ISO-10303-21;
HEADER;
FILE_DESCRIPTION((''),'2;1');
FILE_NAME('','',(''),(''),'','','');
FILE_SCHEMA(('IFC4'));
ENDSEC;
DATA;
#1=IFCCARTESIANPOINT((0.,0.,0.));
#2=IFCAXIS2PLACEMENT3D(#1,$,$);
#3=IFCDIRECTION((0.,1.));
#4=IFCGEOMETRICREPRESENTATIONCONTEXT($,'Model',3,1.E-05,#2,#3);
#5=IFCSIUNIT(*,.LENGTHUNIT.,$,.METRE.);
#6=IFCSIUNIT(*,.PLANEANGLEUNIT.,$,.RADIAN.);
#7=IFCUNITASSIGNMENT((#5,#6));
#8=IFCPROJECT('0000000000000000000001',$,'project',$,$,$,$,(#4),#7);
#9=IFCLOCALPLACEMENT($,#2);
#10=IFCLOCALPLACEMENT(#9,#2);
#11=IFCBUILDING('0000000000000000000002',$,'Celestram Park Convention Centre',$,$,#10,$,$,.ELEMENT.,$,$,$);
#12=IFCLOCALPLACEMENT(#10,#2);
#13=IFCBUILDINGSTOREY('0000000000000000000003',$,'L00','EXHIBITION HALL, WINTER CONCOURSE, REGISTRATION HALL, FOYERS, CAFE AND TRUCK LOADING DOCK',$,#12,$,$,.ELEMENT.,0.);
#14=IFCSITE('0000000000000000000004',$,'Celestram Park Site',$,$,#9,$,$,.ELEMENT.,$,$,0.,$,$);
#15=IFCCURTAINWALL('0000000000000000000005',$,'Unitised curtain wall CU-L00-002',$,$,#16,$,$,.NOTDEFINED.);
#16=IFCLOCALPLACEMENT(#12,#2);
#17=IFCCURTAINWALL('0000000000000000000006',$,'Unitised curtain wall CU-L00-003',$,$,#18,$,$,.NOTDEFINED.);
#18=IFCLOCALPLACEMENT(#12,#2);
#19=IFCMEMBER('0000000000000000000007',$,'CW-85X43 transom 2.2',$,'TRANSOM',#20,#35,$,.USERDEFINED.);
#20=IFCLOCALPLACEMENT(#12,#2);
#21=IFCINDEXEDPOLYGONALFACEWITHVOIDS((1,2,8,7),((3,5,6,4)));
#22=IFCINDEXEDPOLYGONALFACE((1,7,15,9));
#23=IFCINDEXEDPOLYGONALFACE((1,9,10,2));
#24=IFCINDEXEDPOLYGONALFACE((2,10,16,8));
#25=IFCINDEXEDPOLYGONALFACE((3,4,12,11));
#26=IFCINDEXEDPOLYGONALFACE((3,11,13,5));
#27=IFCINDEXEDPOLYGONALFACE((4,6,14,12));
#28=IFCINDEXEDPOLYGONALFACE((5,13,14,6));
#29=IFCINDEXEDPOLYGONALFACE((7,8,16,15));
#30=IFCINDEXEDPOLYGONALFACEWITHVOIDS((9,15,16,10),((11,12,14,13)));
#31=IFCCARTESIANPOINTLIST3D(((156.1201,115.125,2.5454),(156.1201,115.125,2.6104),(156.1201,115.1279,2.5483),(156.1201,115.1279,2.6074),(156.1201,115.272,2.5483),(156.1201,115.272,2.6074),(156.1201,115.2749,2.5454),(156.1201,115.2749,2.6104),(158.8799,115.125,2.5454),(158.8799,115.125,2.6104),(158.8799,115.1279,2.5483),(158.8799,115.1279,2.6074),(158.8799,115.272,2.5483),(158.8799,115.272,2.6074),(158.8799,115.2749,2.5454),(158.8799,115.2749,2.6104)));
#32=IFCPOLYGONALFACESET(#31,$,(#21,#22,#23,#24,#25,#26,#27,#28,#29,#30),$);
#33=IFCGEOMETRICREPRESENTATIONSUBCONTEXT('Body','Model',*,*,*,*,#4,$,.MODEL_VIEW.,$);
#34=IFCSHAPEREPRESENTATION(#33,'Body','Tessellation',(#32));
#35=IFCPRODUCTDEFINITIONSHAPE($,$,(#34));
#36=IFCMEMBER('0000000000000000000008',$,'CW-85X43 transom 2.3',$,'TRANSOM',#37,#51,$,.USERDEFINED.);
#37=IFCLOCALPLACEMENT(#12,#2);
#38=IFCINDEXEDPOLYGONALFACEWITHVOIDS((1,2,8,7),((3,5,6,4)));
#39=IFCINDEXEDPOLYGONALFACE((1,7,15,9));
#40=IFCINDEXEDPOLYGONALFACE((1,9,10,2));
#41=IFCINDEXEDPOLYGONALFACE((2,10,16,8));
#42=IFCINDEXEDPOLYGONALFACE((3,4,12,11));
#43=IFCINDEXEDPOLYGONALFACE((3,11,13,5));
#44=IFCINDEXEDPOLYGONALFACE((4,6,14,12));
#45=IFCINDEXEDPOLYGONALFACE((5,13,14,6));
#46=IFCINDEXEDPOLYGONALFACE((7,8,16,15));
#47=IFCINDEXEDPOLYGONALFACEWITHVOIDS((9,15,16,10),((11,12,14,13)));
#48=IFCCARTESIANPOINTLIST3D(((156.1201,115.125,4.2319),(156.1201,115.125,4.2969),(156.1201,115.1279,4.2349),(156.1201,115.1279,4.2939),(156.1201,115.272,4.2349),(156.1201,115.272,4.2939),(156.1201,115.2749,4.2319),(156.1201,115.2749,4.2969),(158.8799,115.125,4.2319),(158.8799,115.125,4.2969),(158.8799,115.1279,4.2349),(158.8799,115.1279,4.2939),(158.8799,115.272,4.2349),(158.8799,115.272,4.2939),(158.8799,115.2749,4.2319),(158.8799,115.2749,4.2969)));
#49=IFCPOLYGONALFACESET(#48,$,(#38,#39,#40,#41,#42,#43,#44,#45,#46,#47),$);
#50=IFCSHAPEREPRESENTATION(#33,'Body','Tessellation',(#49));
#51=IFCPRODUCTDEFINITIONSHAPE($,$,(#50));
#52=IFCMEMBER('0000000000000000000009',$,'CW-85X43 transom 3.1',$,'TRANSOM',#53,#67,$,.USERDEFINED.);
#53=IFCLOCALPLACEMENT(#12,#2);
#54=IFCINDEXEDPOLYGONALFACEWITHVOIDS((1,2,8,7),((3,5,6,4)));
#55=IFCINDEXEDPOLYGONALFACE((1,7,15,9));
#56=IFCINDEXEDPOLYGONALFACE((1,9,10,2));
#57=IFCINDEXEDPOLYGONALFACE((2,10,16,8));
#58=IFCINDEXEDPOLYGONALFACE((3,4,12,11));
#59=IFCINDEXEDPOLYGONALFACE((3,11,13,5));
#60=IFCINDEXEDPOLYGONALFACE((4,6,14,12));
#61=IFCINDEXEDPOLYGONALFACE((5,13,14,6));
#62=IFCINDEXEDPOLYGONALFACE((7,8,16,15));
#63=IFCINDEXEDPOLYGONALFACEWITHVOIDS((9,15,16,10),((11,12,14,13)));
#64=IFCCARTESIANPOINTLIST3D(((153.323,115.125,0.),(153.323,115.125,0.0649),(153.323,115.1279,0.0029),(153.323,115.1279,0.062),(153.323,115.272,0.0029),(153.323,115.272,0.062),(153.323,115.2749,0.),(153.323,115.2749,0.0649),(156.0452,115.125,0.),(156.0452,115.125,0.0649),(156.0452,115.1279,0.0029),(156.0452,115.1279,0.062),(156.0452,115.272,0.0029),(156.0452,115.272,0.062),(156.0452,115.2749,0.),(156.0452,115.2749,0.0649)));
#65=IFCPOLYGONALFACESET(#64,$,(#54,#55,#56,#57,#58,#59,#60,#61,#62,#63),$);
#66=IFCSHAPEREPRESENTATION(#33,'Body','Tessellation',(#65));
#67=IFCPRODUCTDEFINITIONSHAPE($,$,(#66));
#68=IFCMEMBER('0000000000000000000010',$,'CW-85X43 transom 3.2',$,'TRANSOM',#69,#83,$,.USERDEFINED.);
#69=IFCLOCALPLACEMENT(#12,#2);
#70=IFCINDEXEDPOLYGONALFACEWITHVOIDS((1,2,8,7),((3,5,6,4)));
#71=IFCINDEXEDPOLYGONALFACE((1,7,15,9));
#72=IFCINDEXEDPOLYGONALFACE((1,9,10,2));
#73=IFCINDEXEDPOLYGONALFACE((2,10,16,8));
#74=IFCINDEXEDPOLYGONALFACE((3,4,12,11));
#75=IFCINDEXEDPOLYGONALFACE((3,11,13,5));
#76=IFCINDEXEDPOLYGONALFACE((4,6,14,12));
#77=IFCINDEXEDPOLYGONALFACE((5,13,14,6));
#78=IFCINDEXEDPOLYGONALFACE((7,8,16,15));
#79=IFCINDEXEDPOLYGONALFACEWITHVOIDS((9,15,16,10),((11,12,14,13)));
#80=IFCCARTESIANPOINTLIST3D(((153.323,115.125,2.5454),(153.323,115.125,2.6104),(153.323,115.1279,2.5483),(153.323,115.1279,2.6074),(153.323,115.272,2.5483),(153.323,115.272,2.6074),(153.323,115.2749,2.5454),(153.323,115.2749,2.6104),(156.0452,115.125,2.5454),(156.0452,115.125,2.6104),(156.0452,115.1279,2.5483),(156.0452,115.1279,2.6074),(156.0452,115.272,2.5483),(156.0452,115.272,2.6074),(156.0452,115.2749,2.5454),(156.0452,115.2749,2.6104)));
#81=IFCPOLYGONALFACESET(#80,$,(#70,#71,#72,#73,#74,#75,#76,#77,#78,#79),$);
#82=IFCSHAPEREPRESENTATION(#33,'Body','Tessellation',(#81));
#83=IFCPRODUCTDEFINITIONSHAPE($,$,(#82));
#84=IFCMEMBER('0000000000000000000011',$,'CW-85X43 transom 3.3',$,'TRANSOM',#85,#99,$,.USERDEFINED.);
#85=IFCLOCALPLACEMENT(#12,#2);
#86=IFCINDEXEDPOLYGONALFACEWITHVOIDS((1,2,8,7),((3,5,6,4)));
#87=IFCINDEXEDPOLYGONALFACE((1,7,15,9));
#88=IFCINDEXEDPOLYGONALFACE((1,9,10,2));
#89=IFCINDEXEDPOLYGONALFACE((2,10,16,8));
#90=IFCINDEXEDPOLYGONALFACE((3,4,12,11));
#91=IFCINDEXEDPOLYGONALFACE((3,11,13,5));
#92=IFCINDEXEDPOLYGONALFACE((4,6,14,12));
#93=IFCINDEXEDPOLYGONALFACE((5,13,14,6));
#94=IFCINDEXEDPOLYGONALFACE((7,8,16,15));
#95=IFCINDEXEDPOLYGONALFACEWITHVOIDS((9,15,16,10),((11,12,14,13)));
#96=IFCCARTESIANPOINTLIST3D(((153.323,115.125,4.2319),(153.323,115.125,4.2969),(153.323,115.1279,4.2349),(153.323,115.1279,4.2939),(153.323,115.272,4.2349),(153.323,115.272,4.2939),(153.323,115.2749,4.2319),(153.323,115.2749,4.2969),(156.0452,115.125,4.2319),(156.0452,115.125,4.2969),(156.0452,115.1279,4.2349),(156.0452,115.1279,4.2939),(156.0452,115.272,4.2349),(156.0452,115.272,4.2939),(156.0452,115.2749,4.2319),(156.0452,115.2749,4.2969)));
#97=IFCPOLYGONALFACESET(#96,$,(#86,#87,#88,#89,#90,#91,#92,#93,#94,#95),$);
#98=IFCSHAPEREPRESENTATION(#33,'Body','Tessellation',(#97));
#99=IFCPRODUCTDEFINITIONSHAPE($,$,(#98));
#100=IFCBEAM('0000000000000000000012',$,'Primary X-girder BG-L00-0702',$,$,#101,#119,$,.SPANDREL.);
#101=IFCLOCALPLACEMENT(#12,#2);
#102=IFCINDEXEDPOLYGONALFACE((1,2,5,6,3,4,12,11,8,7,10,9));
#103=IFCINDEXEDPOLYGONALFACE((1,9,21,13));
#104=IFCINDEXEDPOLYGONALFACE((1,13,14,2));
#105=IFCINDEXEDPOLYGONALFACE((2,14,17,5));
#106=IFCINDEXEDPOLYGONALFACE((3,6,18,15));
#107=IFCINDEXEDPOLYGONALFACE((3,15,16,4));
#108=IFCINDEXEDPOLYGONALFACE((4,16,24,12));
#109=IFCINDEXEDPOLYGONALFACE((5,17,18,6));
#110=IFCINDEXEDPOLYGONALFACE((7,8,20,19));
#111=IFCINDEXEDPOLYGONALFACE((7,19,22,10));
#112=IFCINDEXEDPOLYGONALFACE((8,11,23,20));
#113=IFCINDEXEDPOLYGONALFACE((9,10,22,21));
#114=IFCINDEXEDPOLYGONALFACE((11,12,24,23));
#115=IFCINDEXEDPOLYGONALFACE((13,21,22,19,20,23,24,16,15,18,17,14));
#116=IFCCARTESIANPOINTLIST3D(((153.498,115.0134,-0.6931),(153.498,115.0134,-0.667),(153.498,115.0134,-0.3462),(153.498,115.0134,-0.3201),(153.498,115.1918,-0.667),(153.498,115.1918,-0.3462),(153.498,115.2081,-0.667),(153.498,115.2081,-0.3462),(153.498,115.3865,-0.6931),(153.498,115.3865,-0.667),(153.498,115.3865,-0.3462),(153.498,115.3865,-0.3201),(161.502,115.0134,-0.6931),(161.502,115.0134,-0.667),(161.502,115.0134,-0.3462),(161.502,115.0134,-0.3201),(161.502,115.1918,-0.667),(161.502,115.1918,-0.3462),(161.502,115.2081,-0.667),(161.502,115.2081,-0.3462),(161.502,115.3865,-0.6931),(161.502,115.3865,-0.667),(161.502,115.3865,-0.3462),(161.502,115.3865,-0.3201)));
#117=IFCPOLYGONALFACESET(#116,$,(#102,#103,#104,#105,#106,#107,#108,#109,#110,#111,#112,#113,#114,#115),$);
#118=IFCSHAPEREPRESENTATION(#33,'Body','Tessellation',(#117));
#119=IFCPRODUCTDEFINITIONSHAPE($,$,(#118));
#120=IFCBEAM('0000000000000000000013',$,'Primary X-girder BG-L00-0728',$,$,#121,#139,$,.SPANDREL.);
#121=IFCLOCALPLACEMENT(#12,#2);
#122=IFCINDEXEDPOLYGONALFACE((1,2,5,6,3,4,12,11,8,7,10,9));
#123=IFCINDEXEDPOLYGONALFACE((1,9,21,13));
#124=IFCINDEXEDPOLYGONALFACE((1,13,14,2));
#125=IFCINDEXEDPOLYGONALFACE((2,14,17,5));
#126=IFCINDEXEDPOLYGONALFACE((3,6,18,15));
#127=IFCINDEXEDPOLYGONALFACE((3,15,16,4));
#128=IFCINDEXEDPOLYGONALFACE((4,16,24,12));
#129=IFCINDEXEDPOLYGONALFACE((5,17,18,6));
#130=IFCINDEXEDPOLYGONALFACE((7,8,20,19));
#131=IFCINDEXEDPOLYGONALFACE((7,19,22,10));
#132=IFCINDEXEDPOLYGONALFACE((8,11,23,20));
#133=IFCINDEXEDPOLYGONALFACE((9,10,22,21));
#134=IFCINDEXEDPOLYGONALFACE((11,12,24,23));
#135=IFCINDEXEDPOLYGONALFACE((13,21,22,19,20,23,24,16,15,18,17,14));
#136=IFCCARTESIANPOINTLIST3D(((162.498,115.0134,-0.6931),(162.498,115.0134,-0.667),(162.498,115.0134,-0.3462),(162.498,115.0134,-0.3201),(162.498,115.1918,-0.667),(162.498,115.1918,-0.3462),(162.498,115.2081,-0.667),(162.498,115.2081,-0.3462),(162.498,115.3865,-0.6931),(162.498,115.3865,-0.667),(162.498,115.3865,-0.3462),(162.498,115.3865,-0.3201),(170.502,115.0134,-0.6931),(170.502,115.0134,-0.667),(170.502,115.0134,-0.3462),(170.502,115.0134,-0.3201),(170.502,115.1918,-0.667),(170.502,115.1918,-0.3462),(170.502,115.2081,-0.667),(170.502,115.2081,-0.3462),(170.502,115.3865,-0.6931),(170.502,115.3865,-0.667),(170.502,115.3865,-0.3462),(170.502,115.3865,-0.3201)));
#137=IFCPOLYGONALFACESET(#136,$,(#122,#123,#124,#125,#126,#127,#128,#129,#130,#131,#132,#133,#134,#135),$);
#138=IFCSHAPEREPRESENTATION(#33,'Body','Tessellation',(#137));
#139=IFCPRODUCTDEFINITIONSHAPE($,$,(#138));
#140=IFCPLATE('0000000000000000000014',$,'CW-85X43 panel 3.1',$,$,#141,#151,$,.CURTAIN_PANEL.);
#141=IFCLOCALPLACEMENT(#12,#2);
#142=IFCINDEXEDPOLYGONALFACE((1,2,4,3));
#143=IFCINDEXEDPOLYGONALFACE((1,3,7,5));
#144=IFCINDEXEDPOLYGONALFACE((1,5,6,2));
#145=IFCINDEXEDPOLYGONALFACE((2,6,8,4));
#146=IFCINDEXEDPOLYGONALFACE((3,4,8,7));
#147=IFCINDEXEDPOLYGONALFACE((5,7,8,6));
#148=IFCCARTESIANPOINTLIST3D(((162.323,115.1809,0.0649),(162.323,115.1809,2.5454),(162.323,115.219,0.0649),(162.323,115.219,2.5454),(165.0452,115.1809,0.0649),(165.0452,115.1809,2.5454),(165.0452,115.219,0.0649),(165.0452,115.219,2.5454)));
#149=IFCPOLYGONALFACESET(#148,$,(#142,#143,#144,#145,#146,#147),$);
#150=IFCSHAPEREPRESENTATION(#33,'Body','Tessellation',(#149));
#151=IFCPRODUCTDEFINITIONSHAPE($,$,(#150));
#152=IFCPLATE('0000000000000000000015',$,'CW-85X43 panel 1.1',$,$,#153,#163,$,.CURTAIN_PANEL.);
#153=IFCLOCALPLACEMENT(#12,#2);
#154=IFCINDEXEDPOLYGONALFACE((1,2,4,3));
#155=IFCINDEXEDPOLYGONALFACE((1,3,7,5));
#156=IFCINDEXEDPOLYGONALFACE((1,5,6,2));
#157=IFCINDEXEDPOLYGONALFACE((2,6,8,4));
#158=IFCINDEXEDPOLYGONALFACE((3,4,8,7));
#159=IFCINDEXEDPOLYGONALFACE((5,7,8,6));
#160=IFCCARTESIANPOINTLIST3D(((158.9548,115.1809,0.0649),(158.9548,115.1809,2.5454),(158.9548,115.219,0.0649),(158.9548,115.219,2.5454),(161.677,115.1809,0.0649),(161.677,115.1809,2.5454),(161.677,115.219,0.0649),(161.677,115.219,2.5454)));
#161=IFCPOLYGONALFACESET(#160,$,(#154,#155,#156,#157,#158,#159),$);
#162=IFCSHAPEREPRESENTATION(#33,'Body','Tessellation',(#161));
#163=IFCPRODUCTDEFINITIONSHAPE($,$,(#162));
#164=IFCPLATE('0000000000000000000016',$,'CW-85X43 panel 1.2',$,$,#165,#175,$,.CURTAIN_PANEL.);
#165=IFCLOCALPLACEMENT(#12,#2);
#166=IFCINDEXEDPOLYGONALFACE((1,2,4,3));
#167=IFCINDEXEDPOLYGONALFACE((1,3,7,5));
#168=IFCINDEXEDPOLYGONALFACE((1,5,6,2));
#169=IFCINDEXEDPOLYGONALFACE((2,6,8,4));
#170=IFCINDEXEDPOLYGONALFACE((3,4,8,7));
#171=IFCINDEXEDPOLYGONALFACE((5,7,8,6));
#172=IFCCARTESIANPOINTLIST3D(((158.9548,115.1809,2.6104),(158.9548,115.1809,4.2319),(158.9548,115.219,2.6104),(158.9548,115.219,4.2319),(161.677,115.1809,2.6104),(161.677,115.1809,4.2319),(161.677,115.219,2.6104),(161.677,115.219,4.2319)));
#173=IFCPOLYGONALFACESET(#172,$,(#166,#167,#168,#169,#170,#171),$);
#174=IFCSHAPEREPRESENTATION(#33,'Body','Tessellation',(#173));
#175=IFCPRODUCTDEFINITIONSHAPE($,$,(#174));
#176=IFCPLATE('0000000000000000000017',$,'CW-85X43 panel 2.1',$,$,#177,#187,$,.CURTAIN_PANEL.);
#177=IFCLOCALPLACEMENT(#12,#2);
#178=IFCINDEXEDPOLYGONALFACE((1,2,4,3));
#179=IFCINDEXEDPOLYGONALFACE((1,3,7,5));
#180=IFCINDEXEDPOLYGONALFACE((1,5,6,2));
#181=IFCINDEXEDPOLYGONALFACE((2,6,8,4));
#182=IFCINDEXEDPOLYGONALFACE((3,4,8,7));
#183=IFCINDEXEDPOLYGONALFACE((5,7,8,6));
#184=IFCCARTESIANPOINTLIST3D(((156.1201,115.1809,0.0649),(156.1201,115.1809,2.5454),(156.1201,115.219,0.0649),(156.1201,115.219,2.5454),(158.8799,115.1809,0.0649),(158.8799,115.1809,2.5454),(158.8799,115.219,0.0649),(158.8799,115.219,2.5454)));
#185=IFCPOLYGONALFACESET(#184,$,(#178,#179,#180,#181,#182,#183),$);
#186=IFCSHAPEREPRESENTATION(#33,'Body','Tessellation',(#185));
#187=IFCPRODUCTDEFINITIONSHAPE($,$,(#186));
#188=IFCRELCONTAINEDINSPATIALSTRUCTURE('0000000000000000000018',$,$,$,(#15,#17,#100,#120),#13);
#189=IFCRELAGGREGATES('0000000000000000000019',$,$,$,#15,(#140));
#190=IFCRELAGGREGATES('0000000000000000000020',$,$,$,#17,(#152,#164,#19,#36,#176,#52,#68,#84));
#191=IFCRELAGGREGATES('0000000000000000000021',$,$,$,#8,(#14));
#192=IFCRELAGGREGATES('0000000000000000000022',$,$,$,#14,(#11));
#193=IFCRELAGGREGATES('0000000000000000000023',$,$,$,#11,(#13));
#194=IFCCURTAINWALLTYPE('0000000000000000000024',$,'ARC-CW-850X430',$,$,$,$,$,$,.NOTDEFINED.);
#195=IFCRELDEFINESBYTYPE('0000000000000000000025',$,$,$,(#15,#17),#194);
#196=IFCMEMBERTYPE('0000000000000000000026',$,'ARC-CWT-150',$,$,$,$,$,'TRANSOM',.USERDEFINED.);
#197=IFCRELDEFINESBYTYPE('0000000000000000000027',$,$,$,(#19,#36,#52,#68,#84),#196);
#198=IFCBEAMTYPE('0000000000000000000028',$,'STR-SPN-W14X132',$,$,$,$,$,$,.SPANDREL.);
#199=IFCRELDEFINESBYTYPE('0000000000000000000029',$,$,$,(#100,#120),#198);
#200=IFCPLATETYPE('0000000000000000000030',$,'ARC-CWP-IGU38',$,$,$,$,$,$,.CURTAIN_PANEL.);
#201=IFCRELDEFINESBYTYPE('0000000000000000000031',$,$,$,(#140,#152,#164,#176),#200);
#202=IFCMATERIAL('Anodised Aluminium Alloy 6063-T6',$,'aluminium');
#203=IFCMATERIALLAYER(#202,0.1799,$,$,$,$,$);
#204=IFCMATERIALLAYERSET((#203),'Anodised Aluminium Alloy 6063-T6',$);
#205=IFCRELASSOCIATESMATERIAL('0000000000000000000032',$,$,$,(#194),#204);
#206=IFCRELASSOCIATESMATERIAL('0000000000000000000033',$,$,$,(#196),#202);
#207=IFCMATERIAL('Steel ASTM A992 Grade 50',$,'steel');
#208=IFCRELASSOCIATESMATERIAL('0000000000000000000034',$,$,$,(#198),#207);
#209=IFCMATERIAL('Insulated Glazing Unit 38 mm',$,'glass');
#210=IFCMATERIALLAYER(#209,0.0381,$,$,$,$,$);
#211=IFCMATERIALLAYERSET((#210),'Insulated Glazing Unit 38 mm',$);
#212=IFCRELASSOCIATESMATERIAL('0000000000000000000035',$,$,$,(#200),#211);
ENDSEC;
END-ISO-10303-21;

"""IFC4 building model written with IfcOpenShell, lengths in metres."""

from ifc_helpers import new_model, si_unit, direction, frame, origin, origin_2d, place, context, subcontext, project, spatial, rectangle, hollow_rectangle, i_section, extrude, material, layer, layer_set, material_profile, profile_set, type_object, element, aggregate, save


model = new_model("IFC4")

# Units and contexts
model_context = context("Model", 3, precision=1e-05, world=origin(), true_north=direction((0.0, 1.0)))
body_context = subcontext(model_context, "Body", "Model", "MODEL_VIEW")
ifc_project = project(units=[si_unit("LENGTHUNIT", "METRE"), si_unit("PLANEANGLEUNIT", "RADIAN")], contexts=[model_context])

# Site, building, storey
site_placement = place(None, origin())
site = spatial("IfcSite", under=ifc_project, at=site_placement, Name="Celestram Park Site", CompositionType="ELEMENT", RefElevation=0.0)
building_placement = place(site_placement, origin())
building = spatial("IfcBuilding", under=site, at=building_placement, Name="Celestram Park Convention Centre", CompositionType="ELEMENT")
storey_placement = place(building_placement, origin())
storey = spatial("IfcBuildingStorey", under=building, at=storey_placement, Name="L00", Description="EXHIBITION HALL, WINTER CONCOURSE, REGISTRATION HALL, FOYERS, CAFE AND TRUCK LOADING DOCK", CompositionType="ELEMENT", Elevation=0.0)

# Curtain wall
ifc_material_1 = material(Name="Anodised Aluminium Alloy 6063-T6", Category="aluminium")
ifc_layer_1 = layer(ifc_material_1, 0.1799)
ifc_layer_set_1 = layer_set([ifc_layer_1], Name="Anodised Aluminium Alloy 6063-T6")
curtain_wall_type = type_object("IfcCurtainWallType", Name="ARC-CW-850X430", PredefinedType="NOTDEFINED", material=ifc_layer_set_1)
curtain_wall_1_placement = place(storey_placement, origin())
curtain_wall_1 = element("IfcCurtainWall", 1, at=curtain_wall_1_placement, inside=storey, type_object=curtain_wall_type, Name="Unitised curtain wall CU-L00-002", PredefinedType="NOTDEFINED")

# Curtain wall, members
curtain_wall_2_placement = place(storey_placement, origin())
curtain_wall_2 = element("IfcCurtainWall", 2, at=curtain_wall_2_placement, inside=storey, type_object=curtain_wall_type, Name="Unitised curtain wall CU-L00-003", PredefinedType="NOTDEFINED")
ifc_material_profile_1 = material_profile(ifc_material_1, hollow_rectangle(XDim=0.1499, YDim=0.0649, WallThickness=0.0029, at=origin_2d()), Name="ALU150X65X3")
ifc_profile_set_1 = profile_set([ifc_material_profile_1], Name="Anodised Aluminium Alloy 6063-T6")
member_type_1 = type_object("IfcMemberType", Name="ARC-CWT-150", ElementType="TRANSOM", PredefinedType="USERDEFINED", material=ifc_profile_set_1)
member_1_placement = place(storey_placement, frame((158.8799, 115.2, 2.5779), z_axis=(-1.0, 0.0, 0.0), x_axis=(0.0, -1.0, 0.0)))
member_1 = element("IfcMember", 3, at=member_1_placement, type_object=member_type_1, Name="CW-85X43 transom 2.2", ObjectType="TRANSOM", PredefinedType="USERDEFINED", context=body_context, shape_type="SweptSolid", body=[
    extrude(hollow_rectangle(XDim=0.1499, YDim=0.0649, WallThickness=0.0029, at=origin_2d()), origin(), (0.0, 0.0, 1.0), 2.7598),
])
member_2_placement = place(storey_placement, frame((158.8799, 115.2, 4.2644), z_axis=(-1.0, 0.0, 0.0), x_axis=(0.0, -1.0, 0.0)))
member_2 = element("IfcMember", 4, at=member_2_placement, type_object=member_type_1, Name="CW-85X43 transom 2.3", ObjectType="TRANSOM", PredefinedType="USERDEFINED", context=body_context, shape_type="SweptSolid", body=[
    extrude(hollow_rectangle(XDim=0.1499, YDim=0.0649, WallThickness=0.0029, at=origin_2d()), origin(), (0.0, 0.0, 1.0), 2.7598),
])
member_3_placement = place(storey_placement, frame((156.0452, 115.2, 0.0325), z_axis=(-1.0, 0.0, 0.0), x_axis=(0.0, -1.0, 0.0)))
member_3 = element("IfcMember", 5, at=member_3_placement, type_object=member_type_1, Name="CW-85X43 transom 3.1", ObjectType="TRANSOM", PredefinedType="USERDEFINED", context=body_context, shape_type="SweptSolid", body=[
    extrude(hollow_rectangle(XDim=0.1499, YDim=0.0649, WallThickness=0.0029, at=origin_2d()), origin(), (0.0, 0.0, 1.0), 2.7222),
])
member_4_placement = place(storey_placement, frame((156.0452, 115.2, 2.5779), z_axis=(-1.0, 0.0, 0.0), x_axis=(0.0, -1.0, 0.0)))
member_4 = element("IfcMember", 6, at=member_4_placement, type_object=member_type_1, Name="CW-85X43 transom 3.2", ObjectType="TRANSOM", PredefinedType="USERDEFINED", context=body_context, shape_type="SweptSolid", body=[
    extrude(hollow_rectangle(XDim=0.1499, YDim=0.0649, WallThickness=0.0029, at=origin_2d()), origin(), (0.0, 0.0, 1.0), 2.7222),
])
member_5_placement = place(storey_placement, frame((156.0452, 115.2, 4.2644), z_axis=(-1.0, 0.0, 0.0), x_axis=(0.0, -1.0, 0.0)))
member_5 = element("IfcMember", 7, at=member_5_placement, type_object=member_type_1, Name="CW-85X43 transom 3.3", ObjectType="TRANSOM", PredefinedType="USERDEFINED", context=body_context, shape_type="SweptSolid", body=[
    extrude(hollow_rectangle(XDim=0.1499, YDim=0.0649, WallThickness=0.0029, at=origin_2d()), origin(), (0.0, 0.0, 1.0), 2.7222),
])

# Beams
ifc_material_2 = material(Name="Steel ASTM A992 Grade 50", Category="steel")
ifc_material_profile_2 = material_profile(ifc_material_2, i_section(OverallWidth=0.373, OverallDepth=0.373, WebThickness=0.0164, FlangeThickness=0.0261, at=origin_2d()), Name="W14X132")
ifc_profile_set_2 = profile_set([ifc_material_profile_2], Name="Steel ASTM A992 Grade 50")
beam_type = type_object("IfcBeamType", Name="STR-SPN-W14X132", PredefinedType="SPANDREL", material=ifc_profile_set_2)
for number, where, z_axis, x_axis, name in (
    (8, (153.498, 115.2, -0.5066), (1.0, 0.0, 0.0), (0.0, 1.0, 0.0), "Primary X-girder BG-L00-0702"),
    (9, (162.498, 115.2, -0.5066), (1.0, 0.0, 0.0), (0.0, 1.0, 0.0), "Primary X-girder BG-L00-0728"),
):
    element("IfcBeam", number, at=place(storey_placement, frame(where, z_axis=z_axis, x_axis=x_axis)), inside=storey, type_object=beam_type, Name=name, PredefinedType="SPANDREL", context=body_context, shape_type="SweptSolid", body=[
        extrude(i_section(OverallWidth=0.373, OverallDepth=0.373, WebThickness=0.0164, FlangeThickness=0.0261, at=origin_2d()), origin(), (0.0, 0.0, 1.0), 8.0039),
    ])

# Plates
ifc_material_3 = material(Name="Insulated Glazing Unit 38 mm", Category="glass")
ifc_layer_2 = layer(ifc_material_3, 0.0381)
ifc_layer_set_2 = layer_set([ifc_layer_2], Name="Insulated Glazing Unit 38 mm")
plate_type = type_object("IfcPlateType", Name="ARC-CWP-IGU38", PredefinedType="CURTAIN_PANEL", material=ifc_layer_set_2)
plate_1_placement = place(storey_placement, frame((163.6841, 115.2, 0.0649), z_axis=(0.0, 0.0, 1.0), x_axis=(-1.0, 0.0, 0.0)))
plate_1 = element("IfcPlate", 10, at=plate_1_placement, type_object=plate_type, Name="CW-85X43 panel 3.1", PredefinedType="CURTAIN_PANEL", context=body_context, shape_type="SweptSolid", body=[
    extrude(rectangle(XDim=2.7222, YDim=0.0381, at=origin_2d()), origin(), (0.0, 0.0, 1.0), 2.4805),
])
aggregate(curtain_wall_1, [plate_1])
plate_2_placement = place(storey_placement, frame((160.3159, 115.2, 0.0649), z_axis=(0.0, 0.0, 1.0), x_axis=(-1.0, 0.0, 0.0)))
plate_2 = element("IfcPlate", 11, at=plate_2_placement, type_object=plate_type, Name="CW-85X43 panel 1.1", PredefinedType="CURTAIN_PANEL", context=body_context, shape_type="SweptSolid", body=[
    extrude(rectangle(XDim=2.7222, YDim=0.0381, at=origin_2d()), origin(), (0.0, 0.0, 1.0), 2.4805),
])
plate_3_placement = place(storey_placement, frame((160.3159, 115.2, 2.6104), z_axis=(0.0, 0.0, 1.0), x_axis=(-1.0, 0.0, 0.0)))
plate_3 = element("IfcPlate", 12, at=plate_3_placement, type_object=plate_type, Name="CW-85X43 panel 1.2", PredefinedType="CURTAIN_PANEL", context=body_context, shape_type="SweptSolid", body=[
    extrude(rectangle(XDim=2.7222, YDim=0.0381, at=origin_2d()), origin(), (0.0, 0.0, 1.0), 1.6216),
])
plate_4_placement = place(storey_placement, frame((157.5, 115.2, 0.0649), z_axis=(0.0, 0.0, 1.0), x_axis=(-1.0, 0.0, 0.0)))
plate_4 = element("IfcPlate", 13, at=plate_4_placement, type_object=plate_type, Name="CW-85X43 panel 2.1", PredefinedType="CURTAIN_PANEL", context=body_context, shape_type="SweptSolid", body=[
    extrude(rectangle(XDim=2.7598, YDim=0.0381, at=origin_2d()), origin(), (0.0, 0.0, 1.0), 2.4805),
])
aggregate(curtain_wall_2, [plate_2, plate_3, member_1, member_2, plate_4, member_3, member_4, member_5])

save(model, "model.ifc")
